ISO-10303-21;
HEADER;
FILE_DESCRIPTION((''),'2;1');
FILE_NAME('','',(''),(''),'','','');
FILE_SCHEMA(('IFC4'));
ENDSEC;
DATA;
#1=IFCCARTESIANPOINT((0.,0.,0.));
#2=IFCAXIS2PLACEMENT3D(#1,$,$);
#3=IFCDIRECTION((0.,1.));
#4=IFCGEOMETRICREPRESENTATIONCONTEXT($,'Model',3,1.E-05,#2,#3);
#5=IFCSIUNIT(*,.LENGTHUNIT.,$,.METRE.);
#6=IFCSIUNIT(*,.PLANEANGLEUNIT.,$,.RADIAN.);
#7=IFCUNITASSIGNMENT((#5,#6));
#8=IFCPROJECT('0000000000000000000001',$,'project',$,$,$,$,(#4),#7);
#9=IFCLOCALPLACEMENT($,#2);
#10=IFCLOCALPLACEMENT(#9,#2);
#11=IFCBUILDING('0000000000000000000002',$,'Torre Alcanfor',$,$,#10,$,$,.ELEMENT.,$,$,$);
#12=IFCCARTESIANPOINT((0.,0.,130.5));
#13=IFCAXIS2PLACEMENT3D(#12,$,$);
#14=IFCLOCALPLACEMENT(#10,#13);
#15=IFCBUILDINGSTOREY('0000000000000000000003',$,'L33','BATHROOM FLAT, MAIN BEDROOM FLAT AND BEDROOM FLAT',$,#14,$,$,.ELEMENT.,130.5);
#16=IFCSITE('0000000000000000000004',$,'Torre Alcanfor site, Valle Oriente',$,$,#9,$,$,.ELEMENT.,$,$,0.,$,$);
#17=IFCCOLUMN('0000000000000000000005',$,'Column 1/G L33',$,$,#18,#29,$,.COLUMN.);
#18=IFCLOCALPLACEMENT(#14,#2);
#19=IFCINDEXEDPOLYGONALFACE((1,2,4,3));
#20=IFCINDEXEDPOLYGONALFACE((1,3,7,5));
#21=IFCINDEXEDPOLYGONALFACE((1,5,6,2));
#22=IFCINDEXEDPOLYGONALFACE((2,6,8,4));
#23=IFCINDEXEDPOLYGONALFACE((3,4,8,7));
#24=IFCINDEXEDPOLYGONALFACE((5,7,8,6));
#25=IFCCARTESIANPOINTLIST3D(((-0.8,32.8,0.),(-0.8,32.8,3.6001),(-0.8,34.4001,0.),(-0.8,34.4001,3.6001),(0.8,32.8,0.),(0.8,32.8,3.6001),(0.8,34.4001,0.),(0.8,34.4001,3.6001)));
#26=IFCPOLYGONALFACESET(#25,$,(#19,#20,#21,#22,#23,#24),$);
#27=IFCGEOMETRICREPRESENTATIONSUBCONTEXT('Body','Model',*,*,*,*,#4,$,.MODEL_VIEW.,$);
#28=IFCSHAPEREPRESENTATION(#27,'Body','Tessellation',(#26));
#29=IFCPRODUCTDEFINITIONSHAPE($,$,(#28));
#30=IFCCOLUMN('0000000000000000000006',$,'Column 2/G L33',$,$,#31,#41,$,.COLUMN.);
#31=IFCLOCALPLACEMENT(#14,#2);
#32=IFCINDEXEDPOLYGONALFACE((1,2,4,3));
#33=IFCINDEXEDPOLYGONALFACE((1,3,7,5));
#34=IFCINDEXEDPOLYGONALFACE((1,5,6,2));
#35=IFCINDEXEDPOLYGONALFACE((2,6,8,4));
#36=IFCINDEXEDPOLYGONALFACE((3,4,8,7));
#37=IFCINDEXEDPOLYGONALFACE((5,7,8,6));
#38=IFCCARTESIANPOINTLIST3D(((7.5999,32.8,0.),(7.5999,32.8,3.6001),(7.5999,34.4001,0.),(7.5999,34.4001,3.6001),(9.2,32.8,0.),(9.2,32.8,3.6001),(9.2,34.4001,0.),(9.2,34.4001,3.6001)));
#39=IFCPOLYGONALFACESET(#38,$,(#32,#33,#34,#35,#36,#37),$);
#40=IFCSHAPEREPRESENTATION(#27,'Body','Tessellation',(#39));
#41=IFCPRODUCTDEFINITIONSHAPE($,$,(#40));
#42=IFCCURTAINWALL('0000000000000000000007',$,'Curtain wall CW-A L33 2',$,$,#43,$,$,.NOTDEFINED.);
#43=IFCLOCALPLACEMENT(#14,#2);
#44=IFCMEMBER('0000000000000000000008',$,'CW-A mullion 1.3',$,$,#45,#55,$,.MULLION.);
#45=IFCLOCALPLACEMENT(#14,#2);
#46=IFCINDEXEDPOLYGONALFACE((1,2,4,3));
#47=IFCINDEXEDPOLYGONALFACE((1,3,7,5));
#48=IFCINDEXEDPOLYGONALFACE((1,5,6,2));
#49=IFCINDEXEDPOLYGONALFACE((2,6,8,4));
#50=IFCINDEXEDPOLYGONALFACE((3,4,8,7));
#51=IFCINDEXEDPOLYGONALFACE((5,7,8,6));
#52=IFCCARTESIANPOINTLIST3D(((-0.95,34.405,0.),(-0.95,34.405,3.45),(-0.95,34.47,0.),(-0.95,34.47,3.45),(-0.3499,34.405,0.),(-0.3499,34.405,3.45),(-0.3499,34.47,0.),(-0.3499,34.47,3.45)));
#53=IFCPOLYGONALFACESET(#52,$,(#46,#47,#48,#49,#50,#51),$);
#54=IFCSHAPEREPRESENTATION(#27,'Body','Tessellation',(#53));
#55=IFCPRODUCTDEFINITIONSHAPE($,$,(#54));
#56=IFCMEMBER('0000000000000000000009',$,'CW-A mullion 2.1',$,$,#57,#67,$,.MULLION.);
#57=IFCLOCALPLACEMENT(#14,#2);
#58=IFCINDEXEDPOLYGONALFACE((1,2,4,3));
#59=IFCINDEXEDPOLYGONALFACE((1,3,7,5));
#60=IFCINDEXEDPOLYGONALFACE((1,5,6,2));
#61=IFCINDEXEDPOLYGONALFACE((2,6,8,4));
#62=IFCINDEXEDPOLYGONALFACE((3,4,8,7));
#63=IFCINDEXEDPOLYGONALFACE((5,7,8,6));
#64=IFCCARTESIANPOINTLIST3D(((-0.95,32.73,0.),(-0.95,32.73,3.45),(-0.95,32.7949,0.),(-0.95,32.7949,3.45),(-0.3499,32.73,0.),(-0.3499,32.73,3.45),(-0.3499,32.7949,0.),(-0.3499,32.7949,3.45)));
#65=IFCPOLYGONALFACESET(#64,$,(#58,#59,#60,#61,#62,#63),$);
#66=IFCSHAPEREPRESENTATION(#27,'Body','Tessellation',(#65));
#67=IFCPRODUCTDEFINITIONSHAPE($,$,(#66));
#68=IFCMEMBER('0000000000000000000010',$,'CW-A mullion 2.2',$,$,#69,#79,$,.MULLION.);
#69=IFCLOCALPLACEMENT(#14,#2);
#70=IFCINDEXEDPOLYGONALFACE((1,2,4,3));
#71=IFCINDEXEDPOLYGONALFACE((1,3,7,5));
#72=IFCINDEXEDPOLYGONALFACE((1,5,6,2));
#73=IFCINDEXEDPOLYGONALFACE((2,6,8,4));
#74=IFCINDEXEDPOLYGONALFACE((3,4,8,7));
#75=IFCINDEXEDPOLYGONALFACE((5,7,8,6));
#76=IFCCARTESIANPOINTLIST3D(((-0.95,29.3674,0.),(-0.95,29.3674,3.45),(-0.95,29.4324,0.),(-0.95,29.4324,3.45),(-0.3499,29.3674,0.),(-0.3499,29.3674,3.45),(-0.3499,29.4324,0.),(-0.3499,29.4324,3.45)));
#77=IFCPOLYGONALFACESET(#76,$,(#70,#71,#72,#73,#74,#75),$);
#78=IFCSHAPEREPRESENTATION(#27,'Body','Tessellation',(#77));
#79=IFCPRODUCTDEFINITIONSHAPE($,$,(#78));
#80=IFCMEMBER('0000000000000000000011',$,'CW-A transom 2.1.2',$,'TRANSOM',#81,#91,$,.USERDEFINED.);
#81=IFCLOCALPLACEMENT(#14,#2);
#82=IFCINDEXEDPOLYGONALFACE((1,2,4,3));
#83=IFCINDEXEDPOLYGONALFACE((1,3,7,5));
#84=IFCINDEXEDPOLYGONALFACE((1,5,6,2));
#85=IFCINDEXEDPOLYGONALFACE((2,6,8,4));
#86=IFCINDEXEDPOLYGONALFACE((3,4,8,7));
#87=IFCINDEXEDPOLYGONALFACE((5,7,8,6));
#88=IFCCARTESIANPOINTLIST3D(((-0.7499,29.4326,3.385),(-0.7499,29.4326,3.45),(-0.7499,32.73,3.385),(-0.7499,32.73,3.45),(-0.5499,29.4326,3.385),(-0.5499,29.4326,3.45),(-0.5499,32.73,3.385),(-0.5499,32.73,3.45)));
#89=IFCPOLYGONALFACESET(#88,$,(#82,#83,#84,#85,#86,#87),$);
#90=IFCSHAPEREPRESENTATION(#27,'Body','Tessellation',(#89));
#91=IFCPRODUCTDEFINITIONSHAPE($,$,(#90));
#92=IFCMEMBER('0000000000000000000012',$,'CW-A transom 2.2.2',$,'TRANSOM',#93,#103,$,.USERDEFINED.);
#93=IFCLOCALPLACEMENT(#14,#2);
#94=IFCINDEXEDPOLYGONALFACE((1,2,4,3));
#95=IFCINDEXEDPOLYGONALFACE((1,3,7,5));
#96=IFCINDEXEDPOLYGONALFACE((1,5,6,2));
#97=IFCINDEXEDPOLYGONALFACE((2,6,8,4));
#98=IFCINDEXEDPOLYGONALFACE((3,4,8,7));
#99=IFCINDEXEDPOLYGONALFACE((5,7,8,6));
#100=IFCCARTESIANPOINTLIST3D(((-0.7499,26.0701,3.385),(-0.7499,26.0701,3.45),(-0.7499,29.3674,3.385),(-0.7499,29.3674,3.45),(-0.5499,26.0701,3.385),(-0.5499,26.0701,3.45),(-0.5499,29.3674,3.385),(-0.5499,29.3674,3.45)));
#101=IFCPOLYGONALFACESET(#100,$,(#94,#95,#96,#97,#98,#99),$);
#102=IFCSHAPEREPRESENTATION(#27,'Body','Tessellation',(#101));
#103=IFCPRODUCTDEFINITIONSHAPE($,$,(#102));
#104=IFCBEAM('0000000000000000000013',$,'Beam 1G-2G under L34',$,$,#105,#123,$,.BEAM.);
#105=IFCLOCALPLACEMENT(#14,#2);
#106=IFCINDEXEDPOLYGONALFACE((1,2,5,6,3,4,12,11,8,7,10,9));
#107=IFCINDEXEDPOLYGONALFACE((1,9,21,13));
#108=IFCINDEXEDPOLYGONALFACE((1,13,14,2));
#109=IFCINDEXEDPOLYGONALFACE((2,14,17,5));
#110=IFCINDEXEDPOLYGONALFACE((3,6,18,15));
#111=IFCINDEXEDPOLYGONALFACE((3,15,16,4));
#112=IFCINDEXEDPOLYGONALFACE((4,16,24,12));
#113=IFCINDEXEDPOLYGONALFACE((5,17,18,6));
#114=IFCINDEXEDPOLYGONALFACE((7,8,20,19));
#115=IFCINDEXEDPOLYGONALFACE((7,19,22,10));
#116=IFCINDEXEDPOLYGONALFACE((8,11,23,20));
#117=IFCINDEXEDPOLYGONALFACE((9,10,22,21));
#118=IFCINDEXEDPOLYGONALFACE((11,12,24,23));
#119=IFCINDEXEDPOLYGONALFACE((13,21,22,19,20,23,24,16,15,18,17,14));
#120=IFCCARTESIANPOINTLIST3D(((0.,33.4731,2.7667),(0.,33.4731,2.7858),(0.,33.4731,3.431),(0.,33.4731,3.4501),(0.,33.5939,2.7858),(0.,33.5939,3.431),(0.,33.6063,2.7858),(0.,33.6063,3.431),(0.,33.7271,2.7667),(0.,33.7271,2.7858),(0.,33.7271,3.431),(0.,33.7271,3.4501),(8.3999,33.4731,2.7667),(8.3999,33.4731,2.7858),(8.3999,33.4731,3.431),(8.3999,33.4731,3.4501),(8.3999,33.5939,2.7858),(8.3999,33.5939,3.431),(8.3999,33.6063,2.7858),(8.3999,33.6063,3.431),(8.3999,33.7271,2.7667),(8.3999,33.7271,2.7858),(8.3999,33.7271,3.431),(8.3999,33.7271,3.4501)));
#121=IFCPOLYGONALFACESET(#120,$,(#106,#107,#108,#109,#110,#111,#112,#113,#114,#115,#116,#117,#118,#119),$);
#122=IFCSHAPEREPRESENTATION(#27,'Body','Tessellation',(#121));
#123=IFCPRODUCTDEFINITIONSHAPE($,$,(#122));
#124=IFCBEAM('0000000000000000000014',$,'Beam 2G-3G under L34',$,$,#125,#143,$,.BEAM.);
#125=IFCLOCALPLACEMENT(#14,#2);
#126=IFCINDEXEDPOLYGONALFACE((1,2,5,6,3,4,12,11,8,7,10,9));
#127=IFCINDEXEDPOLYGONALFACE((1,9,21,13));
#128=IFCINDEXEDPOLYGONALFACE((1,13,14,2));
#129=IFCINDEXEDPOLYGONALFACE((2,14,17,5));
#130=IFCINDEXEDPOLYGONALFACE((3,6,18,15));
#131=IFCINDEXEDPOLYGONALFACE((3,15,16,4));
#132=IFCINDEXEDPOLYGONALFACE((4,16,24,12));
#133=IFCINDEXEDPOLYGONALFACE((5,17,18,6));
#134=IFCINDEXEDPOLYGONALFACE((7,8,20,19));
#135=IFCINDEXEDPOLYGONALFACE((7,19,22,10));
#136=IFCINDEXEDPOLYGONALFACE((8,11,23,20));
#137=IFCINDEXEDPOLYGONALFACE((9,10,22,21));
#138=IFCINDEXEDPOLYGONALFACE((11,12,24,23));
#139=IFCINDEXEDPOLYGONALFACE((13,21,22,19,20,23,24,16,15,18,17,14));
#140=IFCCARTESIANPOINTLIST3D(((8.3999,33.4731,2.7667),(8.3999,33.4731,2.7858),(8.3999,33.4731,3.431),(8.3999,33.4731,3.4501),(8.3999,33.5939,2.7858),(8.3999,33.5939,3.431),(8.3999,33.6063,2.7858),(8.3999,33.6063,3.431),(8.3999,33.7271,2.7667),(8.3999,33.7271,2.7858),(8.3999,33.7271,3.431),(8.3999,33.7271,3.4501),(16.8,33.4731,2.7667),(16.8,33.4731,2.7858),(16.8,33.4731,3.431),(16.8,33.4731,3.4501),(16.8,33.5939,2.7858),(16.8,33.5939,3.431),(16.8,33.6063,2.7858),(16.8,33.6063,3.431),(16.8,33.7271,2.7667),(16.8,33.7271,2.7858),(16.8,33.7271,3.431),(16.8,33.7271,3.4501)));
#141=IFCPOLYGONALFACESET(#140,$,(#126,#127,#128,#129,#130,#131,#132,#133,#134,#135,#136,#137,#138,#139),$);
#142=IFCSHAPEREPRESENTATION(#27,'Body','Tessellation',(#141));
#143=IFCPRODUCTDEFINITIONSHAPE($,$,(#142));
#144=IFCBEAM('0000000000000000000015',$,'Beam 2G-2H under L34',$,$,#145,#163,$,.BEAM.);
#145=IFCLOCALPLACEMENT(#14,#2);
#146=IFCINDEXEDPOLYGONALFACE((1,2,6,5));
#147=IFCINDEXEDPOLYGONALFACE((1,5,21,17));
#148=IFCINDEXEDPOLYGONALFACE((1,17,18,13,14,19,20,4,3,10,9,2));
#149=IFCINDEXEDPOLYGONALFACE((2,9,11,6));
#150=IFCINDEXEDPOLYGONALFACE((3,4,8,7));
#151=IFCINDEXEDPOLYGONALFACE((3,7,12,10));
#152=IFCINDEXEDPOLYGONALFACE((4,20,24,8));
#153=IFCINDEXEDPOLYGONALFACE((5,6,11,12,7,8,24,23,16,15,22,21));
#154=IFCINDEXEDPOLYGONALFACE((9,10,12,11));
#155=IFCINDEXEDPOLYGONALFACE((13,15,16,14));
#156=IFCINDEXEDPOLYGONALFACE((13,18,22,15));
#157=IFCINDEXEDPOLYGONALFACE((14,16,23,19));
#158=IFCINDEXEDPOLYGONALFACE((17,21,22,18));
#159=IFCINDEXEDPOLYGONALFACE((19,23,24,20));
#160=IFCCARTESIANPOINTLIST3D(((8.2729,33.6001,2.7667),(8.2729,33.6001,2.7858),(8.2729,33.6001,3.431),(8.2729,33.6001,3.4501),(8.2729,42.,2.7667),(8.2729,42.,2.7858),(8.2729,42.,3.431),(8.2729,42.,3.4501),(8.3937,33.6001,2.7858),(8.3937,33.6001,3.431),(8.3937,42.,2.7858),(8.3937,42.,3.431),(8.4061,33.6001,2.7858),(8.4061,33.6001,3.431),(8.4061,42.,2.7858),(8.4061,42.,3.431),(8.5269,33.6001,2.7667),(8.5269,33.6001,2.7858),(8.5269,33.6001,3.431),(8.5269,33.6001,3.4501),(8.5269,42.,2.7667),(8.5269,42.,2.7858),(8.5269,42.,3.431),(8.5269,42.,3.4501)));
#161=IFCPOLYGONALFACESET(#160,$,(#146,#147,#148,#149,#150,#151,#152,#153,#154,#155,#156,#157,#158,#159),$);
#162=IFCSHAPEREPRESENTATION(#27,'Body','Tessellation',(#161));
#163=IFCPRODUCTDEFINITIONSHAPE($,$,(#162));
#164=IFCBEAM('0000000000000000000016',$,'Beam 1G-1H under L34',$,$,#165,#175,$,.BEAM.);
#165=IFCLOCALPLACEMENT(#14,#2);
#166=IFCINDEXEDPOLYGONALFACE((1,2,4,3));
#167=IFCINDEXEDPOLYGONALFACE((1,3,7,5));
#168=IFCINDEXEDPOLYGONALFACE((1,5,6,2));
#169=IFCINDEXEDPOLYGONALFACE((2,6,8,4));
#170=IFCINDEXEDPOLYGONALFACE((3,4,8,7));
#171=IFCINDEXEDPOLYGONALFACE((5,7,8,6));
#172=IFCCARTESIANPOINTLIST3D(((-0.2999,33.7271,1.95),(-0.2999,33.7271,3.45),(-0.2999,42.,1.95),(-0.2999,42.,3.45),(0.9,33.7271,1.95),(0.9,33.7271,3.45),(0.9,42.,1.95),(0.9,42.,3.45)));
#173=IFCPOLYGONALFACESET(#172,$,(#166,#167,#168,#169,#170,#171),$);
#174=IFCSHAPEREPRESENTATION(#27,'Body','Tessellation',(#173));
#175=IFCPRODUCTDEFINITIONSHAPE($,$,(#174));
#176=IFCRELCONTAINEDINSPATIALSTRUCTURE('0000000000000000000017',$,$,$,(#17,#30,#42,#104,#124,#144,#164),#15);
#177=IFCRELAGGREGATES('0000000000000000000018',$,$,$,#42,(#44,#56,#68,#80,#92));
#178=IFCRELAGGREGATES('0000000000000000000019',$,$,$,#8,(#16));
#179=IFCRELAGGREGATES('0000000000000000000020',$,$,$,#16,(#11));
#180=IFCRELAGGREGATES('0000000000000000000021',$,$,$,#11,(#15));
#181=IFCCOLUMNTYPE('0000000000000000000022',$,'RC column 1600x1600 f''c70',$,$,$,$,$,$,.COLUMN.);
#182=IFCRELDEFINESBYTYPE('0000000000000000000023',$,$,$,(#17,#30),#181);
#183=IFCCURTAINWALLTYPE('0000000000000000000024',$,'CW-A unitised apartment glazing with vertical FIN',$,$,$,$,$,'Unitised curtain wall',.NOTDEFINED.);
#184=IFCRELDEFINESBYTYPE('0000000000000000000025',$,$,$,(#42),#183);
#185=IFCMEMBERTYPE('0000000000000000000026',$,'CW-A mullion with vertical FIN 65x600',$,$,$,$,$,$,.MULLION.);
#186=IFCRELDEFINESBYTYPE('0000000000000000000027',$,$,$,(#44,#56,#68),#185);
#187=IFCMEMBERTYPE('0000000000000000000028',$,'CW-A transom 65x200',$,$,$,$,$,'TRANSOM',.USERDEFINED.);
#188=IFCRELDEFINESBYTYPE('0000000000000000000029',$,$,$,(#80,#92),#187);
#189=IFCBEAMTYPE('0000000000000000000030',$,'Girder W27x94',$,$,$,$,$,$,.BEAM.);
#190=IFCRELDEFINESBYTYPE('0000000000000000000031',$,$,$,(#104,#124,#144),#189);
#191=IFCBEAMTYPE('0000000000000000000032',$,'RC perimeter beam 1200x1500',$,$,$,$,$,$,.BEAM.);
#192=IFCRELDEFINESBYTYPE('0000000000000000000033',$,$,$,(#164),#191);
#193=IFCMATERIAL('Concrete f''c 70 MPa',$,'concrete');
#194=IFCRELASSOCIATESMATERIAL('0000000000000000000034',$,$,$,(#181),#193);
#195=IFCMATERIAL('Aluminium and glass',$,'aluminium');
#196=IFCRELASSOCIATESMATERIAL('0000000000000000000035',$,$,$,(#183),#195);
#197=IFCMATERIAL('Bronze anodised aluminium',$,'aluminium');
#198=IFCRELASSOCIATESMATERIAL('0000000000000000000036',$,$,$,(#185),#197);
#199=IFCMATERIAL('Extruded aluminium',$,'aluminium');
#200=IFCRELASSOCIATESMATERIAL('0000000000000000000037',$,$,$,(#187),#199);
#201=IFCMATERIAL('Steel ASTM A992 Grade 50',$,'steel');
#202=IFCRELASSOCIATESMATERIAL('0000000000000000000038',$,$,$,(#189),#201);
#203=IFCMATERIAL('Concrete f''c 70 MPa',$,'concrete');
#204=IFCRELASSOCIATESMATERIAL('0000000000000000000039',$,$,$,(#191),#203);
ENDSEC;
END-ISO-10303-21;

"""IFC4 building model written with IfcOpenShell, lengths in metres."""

from ifc_helpers import new_model, si_unit, direction, frame, origin, origin_2d, place, context, subcontext, project, spatial, rectangle, i_section, extrude, material, material_profile, profile_set, type_object, element, aggregate, save


model = new_model("IFC4")

# Units and contexts
model_context = context("Model", 3, precision=1e-05, world=origin(), true_north=direction((0.0, 1.0)))
body_context = subcontext(model_context, "Body", "Model", "MODEL_VIEW")
ifc_project = project(units=[si_unit("LENGTHUNIT", "METRE"), si_unit("PLANEANGLEUNIT", "RADIAN")], contexts=[model_context])

# Site, building, storey
site_placement = place(None, origin())
site = spatial("IfcSite", under=ifc_project, at=site_placement, Name="Torre Alcanfor site, Valle Oriente", CompositionType="ELEMENT", RefElevation=0.0)
building_placement = place(site_placement, origin())
building = spatial("IfcBuilding", under=site, at=building_placement, Name="Torre Alcanfor", CompositionType="ELEMENT")
storey_placement = place(building_placement, frame((0.0, 0.0, 130.5)))
storey = spatial("IfcBuildingStorey", under=building, at=storey_placement, Name="L33", Description="BATHROOM FLAT, MAIN BEDROOM FLAT AND BEDROOM FLAT", CompositionType="ELEMENT", Elevation=130.5)

# Columns
ifc_material_1 = material(Name="Concrete f'c 70 MPa", Category="concrete")
ifc_material_profile_1 = material_profile(ifc_material_1, rectangle(XDim=1.6001, YDim=1.6001, at=origin_2d()), Name="1600x1600")
ifc_profile_set_1 = profile_set([ifc_material_profile_1], Name="Concrete f'c 70 MPa")
column_type = type_object("IfcColumnType", Name="RC column 1600x1600 f'c70", PredefinedType="COLUMN", material=ifc_profile_set_1)
for number, where, z_axis, x_axis, name in (
    (1, (0.0, 33.6001, 0.0), (0.0, 0.0, 1.0), (1.0, 0.0, 0.0), "Column 1/G L33"),
    (2, (8.3999, 33.6001, 0.0), (0.0, 0.0, 1.0), (1.0, 0.0, 0.0), "Column 2/G L33"),
):
    element("IfcColumn", number, at=place(storey_placement, frame(where, z_axis=z_axis, x_axis=x_axis)), inside=storey, type_object=column_type, Name=name, PredefinedType="COLUMN", context=body_context, shape_type="SweptSolid", body=[
        extrude(rectangle(XDim=1.6001, YDim=1.6001, at=origin_2d()), origin(), (0.0, 0.0, 1.0), 3.6001),
    ])

# Curtain wall, members
ifc_material_2 = material(Name="Aluminium and glass", Category="aluminium")
curtain_wall_type = type_object("IfcCurtainWallType", Name="CW-A unitised apartment glazing with vertical FIN", ElementType="Unitised curtain wall", PredefinedType="NOTDEFINED", material=ifc_material_2)
curtain_wall_placement = place(storey_placement, origin())
curtain_wall = element("IfcCurtainWall", 3, at=curtain_wall_placement, inside=storey, type_object=curtain_wall_type, Name="Curtain wall CW-A L33 2", PredefinedType="NOTDEFINED")
ifc_material_3 = material(Name="Bronze anodised aluminium", Category="aluminium")
ifc_material_profile_2 = material_profile(ifc_material_3, rectangle(XDim=0.6001, YDim=0.0649, at=origin_2d()), Name="CW-A mullion 65x600")
ifc_profile_set_2 = profile_set([ifc_material_profile_2], Name="Bronze anodised aluminium")
member_type_1 = type_object("IfcMemberType", Name="CW-A mullion with vertical FIN 65x600", PredefinedType="MULLION", material=ifc_profile_set_2)
member_1_placement = place(storey_placement, frame((-0.6499, 34.4375, 0.0), z_axis=(0.0, 0.0, 1.0), x_axis=(1.0, 0.0, 0.0)))
member_1 = element("IfcMember", 4, at=member_1_placement, type_object=member_type_1, Name="CW-A mullion 1.3", PredefinedType="MULLION", context=body_context, shape_type="SweptSolid", body=[
    extrude(rectangle(XDim=0.6001, YDim=0.0649, at=origin_2d()), origin(), (0.0, 0.0, 1.0), 3.45),
])
member_2_placement = place(storey_placement, frame((-0.6499, 32.7625, 0.0), z_axis=(0.0, 0.0, 1.0), x_axis=(1.0, 0.0, 0.0)))
member_2 = element("IfcMember", 5, at=member_2_placement, type_object=member_type_1, Name="CW-A mullion 2.1", PredefinedType="MULLION", context=body_context, shape_type="SweptSolid", body=[
    extrude(rectangle(XDim=0.6001, YDim=0.0649, at=origin_2d()), origin(), (0.0, 0.0, 1.0), 3.45),
])
member_3_placement = place(storey_placement, frame((-0.6499, 29.3999, 0.0), z_axis=(0.0, 0.0, 1.0), x_axis=(1.0, 0.0, 0.0)))
member_3 = element("IfcMember", 6, at=member_3_placement, type_object=member_type_1, Name="CW-A mullion 2.2", PredefinedType="MULLION", context=body_context, shape_type="SweptSolid", body=[
    extrude(rectangle(XDim=0.6001, YDim=0.0649, at=origin_2d()), origin(), (0.0, 0.0, 1.0), 3.45),
])
ifc_material_4 = material(Name="Extruded aluminium", Category="aluminium")
ifc_material_profile_3 = material_profile(ifc_material_4, rectangle(XDim=0.2, YDim=0.0649, at=origin_2d()), Name="CW-A transom 200x65")
ifc_profile_set_3 = profile_set([ifc_material_profile_3], Name="Extruded aluminium")
member_type_2 = type_object("IfcMemberType", Name="CW-A transom 65x200", ElementType="TRANSOM", PredefinedType="USERDEFINED", material=ifc_profile_set_3)
member_4_placement = place(storey_placement, frame((-0.6499, 32.73, 3.4175), z_axis=(0.0, -1.0, 0.0), x_axis=(1.0, 0.0, 0.0)))
member_4 = element("IfcMember", 7, at=member_4_placement, type_object=member_type_2, Name="CW-A transom 2.1.2", ObjectType="TRANSOM", PredefinedType="USERDEFINED", context=body_context, shape_type="SweptSolid", body=[
    extrude(rectangle(XDim=0.2, YDim=0.0649, at=origin_2d()), origin(), (0.0, 0.0, 1.0), 3.2974),
])
member_5_placement = place(storey_placement, frame((-0.6499, 29.3674, 3.4175), z_axis=(0.0, -1.0, 0.0), x_axis=(1.0, 0.0, 0.0)))
member_5 = element("IfcMember", 8, at=member_5_placement, type_object=member_type_2, Name="CW-A transom 2.2.2", ObjectType="TRANSOM", PredefinedType="USERDEFINED", context=body_context, shape_type="SweptSolid", body=[
    extrude(rectangle(XDim=0.2, YDim=0.0649, at=origin_2d()), origin(), (0.0, 0.0, 1.0), 3.2974),
])

# Beams
ifc_material_5 = material(Name="Steel ASTM A992 Grade 50", Category="steel")
ifc_material_profile_4 = material_profile(ifc_material_5, i_section(OverallWidth=0.2539, OverallDepth=0.6833, WebThickness=0.0125, FlangeThickness=0.019, at=origin_2d()), Name="W27x94")
ifc_profile_set_4 = profile_set([ifc_material_profile_4], Name="Steel ASTM A992 Grade 50")
beam_type_1 = type_object("IfcBeamType", Name="Girder W27x94", PredefinedType="BEAM", material=ifc_profile_set_4)
beam_1_placement = place(storey_placement, frame((0.0, 33.6001, 3.1084), z_axis=(1.0, 0.0, 0.0), x_axis=(0.0, 1.0, 0.0)))
element("IfcBeam", 9, at=beam_1_placement, inside=storey, type_object=beam_type_1, Name="Beam 1G-2G under L34", PredefinedType="BEAM", context=body_context, shape_type="SweptSolid", body=[
    extrude(i_section(OverallWidth=0.2539, OverallDepth=0.6833, WebThickness=0.0125, FlangeThickness=0.019, at=origin_2d()), origin(), (0.0, 0.0, 1.0), 8.3999),
])
beam_2_placement = place(storey_placement, frame((8.3999, 33.6001, 3.1084), z_axis=(1.0, 0.0, 0.0), x_axis=(0.0, 1.0, 0.0)))
element("IfcBeam", 10, at=beam_2_placement, inside=storey, type_object=beam_type_1, Name="Beam 2G-3G under L34", PredefinedType="BEAM", context=body_context, shape_type="SweptSolid", body=[
    extrude(i_section(OverallWidth=0.2539, OverallDepth=0.6833, WebThickness=0.0125, FlangeThickness=0.019, at=origin_2d()), origin(), (0.0, 0.0, 1.0), 8.4001),
])
beam_3_placement = place(storey_placement, frame((8.3999, 33.6001, 3.1084), z_axis=(0.0, 1.0, 0.0), x_axis=(-1.0, 0.0, 0.0)))
element("IfcBeam", 11, at=beam_3_placement, inside=storey, type_object=beam_type_1, Name="Beam 2G-2H under L34", PredefinedType="BEAM", context=body_context, shape_type="SweptSolid", body=[
    extrude(i_section(OverallWidth=0.2539, OverallDepth=0.6833, WebThickness=0.0125, FlangeThickness=0.019, at=origin_2d()), origin(), (0.0, 0.0, 1.0), 8.3999),
])
ifc_material_6 = material(Name="Concrete f'c 70 MPa", Category="concrete")
ifc_material_profile_5 = material_profile(ifc_material_6, rectangle(XDim=1.2, YDim=1.5, at=origin_2d()), Name="1200x1500")
ifc_profile_set_5 = profile_set([ifc_material_profile_5], Name="Concrete f'c 70 MPa")
beam_type_2 = type_object("IfcBeamType", Name="RC perimeter beam 1200x1500", PredefinedType="BEAM", material=ifc_profile_set_5)
beam_4_placement = place(storey_placement, frame((0.3, 33.7271, 2.7), z_axis=(0.0, 1.0, 0.0), x_axis=(-1.0, 0.0, 0.0)))
element("IfcBeam", 12, at=beam_4_placement, inside=storey, type_object=beam_type_2, Name="Beam 1G-1H under L34", PredefinedType="BEAM", context=body_context, shape_type="SweptSolid", body=[
    extrude(rectangle(XDim=1.2, YDim=1.5, at=origin_2d()), origin(), (0.0, 0.0, 1.0), 8.2729),
])

aggregate(curtain_wall, [member_1, member_2, member_3, member_4, member_5])

save(model, "model.ifc")
